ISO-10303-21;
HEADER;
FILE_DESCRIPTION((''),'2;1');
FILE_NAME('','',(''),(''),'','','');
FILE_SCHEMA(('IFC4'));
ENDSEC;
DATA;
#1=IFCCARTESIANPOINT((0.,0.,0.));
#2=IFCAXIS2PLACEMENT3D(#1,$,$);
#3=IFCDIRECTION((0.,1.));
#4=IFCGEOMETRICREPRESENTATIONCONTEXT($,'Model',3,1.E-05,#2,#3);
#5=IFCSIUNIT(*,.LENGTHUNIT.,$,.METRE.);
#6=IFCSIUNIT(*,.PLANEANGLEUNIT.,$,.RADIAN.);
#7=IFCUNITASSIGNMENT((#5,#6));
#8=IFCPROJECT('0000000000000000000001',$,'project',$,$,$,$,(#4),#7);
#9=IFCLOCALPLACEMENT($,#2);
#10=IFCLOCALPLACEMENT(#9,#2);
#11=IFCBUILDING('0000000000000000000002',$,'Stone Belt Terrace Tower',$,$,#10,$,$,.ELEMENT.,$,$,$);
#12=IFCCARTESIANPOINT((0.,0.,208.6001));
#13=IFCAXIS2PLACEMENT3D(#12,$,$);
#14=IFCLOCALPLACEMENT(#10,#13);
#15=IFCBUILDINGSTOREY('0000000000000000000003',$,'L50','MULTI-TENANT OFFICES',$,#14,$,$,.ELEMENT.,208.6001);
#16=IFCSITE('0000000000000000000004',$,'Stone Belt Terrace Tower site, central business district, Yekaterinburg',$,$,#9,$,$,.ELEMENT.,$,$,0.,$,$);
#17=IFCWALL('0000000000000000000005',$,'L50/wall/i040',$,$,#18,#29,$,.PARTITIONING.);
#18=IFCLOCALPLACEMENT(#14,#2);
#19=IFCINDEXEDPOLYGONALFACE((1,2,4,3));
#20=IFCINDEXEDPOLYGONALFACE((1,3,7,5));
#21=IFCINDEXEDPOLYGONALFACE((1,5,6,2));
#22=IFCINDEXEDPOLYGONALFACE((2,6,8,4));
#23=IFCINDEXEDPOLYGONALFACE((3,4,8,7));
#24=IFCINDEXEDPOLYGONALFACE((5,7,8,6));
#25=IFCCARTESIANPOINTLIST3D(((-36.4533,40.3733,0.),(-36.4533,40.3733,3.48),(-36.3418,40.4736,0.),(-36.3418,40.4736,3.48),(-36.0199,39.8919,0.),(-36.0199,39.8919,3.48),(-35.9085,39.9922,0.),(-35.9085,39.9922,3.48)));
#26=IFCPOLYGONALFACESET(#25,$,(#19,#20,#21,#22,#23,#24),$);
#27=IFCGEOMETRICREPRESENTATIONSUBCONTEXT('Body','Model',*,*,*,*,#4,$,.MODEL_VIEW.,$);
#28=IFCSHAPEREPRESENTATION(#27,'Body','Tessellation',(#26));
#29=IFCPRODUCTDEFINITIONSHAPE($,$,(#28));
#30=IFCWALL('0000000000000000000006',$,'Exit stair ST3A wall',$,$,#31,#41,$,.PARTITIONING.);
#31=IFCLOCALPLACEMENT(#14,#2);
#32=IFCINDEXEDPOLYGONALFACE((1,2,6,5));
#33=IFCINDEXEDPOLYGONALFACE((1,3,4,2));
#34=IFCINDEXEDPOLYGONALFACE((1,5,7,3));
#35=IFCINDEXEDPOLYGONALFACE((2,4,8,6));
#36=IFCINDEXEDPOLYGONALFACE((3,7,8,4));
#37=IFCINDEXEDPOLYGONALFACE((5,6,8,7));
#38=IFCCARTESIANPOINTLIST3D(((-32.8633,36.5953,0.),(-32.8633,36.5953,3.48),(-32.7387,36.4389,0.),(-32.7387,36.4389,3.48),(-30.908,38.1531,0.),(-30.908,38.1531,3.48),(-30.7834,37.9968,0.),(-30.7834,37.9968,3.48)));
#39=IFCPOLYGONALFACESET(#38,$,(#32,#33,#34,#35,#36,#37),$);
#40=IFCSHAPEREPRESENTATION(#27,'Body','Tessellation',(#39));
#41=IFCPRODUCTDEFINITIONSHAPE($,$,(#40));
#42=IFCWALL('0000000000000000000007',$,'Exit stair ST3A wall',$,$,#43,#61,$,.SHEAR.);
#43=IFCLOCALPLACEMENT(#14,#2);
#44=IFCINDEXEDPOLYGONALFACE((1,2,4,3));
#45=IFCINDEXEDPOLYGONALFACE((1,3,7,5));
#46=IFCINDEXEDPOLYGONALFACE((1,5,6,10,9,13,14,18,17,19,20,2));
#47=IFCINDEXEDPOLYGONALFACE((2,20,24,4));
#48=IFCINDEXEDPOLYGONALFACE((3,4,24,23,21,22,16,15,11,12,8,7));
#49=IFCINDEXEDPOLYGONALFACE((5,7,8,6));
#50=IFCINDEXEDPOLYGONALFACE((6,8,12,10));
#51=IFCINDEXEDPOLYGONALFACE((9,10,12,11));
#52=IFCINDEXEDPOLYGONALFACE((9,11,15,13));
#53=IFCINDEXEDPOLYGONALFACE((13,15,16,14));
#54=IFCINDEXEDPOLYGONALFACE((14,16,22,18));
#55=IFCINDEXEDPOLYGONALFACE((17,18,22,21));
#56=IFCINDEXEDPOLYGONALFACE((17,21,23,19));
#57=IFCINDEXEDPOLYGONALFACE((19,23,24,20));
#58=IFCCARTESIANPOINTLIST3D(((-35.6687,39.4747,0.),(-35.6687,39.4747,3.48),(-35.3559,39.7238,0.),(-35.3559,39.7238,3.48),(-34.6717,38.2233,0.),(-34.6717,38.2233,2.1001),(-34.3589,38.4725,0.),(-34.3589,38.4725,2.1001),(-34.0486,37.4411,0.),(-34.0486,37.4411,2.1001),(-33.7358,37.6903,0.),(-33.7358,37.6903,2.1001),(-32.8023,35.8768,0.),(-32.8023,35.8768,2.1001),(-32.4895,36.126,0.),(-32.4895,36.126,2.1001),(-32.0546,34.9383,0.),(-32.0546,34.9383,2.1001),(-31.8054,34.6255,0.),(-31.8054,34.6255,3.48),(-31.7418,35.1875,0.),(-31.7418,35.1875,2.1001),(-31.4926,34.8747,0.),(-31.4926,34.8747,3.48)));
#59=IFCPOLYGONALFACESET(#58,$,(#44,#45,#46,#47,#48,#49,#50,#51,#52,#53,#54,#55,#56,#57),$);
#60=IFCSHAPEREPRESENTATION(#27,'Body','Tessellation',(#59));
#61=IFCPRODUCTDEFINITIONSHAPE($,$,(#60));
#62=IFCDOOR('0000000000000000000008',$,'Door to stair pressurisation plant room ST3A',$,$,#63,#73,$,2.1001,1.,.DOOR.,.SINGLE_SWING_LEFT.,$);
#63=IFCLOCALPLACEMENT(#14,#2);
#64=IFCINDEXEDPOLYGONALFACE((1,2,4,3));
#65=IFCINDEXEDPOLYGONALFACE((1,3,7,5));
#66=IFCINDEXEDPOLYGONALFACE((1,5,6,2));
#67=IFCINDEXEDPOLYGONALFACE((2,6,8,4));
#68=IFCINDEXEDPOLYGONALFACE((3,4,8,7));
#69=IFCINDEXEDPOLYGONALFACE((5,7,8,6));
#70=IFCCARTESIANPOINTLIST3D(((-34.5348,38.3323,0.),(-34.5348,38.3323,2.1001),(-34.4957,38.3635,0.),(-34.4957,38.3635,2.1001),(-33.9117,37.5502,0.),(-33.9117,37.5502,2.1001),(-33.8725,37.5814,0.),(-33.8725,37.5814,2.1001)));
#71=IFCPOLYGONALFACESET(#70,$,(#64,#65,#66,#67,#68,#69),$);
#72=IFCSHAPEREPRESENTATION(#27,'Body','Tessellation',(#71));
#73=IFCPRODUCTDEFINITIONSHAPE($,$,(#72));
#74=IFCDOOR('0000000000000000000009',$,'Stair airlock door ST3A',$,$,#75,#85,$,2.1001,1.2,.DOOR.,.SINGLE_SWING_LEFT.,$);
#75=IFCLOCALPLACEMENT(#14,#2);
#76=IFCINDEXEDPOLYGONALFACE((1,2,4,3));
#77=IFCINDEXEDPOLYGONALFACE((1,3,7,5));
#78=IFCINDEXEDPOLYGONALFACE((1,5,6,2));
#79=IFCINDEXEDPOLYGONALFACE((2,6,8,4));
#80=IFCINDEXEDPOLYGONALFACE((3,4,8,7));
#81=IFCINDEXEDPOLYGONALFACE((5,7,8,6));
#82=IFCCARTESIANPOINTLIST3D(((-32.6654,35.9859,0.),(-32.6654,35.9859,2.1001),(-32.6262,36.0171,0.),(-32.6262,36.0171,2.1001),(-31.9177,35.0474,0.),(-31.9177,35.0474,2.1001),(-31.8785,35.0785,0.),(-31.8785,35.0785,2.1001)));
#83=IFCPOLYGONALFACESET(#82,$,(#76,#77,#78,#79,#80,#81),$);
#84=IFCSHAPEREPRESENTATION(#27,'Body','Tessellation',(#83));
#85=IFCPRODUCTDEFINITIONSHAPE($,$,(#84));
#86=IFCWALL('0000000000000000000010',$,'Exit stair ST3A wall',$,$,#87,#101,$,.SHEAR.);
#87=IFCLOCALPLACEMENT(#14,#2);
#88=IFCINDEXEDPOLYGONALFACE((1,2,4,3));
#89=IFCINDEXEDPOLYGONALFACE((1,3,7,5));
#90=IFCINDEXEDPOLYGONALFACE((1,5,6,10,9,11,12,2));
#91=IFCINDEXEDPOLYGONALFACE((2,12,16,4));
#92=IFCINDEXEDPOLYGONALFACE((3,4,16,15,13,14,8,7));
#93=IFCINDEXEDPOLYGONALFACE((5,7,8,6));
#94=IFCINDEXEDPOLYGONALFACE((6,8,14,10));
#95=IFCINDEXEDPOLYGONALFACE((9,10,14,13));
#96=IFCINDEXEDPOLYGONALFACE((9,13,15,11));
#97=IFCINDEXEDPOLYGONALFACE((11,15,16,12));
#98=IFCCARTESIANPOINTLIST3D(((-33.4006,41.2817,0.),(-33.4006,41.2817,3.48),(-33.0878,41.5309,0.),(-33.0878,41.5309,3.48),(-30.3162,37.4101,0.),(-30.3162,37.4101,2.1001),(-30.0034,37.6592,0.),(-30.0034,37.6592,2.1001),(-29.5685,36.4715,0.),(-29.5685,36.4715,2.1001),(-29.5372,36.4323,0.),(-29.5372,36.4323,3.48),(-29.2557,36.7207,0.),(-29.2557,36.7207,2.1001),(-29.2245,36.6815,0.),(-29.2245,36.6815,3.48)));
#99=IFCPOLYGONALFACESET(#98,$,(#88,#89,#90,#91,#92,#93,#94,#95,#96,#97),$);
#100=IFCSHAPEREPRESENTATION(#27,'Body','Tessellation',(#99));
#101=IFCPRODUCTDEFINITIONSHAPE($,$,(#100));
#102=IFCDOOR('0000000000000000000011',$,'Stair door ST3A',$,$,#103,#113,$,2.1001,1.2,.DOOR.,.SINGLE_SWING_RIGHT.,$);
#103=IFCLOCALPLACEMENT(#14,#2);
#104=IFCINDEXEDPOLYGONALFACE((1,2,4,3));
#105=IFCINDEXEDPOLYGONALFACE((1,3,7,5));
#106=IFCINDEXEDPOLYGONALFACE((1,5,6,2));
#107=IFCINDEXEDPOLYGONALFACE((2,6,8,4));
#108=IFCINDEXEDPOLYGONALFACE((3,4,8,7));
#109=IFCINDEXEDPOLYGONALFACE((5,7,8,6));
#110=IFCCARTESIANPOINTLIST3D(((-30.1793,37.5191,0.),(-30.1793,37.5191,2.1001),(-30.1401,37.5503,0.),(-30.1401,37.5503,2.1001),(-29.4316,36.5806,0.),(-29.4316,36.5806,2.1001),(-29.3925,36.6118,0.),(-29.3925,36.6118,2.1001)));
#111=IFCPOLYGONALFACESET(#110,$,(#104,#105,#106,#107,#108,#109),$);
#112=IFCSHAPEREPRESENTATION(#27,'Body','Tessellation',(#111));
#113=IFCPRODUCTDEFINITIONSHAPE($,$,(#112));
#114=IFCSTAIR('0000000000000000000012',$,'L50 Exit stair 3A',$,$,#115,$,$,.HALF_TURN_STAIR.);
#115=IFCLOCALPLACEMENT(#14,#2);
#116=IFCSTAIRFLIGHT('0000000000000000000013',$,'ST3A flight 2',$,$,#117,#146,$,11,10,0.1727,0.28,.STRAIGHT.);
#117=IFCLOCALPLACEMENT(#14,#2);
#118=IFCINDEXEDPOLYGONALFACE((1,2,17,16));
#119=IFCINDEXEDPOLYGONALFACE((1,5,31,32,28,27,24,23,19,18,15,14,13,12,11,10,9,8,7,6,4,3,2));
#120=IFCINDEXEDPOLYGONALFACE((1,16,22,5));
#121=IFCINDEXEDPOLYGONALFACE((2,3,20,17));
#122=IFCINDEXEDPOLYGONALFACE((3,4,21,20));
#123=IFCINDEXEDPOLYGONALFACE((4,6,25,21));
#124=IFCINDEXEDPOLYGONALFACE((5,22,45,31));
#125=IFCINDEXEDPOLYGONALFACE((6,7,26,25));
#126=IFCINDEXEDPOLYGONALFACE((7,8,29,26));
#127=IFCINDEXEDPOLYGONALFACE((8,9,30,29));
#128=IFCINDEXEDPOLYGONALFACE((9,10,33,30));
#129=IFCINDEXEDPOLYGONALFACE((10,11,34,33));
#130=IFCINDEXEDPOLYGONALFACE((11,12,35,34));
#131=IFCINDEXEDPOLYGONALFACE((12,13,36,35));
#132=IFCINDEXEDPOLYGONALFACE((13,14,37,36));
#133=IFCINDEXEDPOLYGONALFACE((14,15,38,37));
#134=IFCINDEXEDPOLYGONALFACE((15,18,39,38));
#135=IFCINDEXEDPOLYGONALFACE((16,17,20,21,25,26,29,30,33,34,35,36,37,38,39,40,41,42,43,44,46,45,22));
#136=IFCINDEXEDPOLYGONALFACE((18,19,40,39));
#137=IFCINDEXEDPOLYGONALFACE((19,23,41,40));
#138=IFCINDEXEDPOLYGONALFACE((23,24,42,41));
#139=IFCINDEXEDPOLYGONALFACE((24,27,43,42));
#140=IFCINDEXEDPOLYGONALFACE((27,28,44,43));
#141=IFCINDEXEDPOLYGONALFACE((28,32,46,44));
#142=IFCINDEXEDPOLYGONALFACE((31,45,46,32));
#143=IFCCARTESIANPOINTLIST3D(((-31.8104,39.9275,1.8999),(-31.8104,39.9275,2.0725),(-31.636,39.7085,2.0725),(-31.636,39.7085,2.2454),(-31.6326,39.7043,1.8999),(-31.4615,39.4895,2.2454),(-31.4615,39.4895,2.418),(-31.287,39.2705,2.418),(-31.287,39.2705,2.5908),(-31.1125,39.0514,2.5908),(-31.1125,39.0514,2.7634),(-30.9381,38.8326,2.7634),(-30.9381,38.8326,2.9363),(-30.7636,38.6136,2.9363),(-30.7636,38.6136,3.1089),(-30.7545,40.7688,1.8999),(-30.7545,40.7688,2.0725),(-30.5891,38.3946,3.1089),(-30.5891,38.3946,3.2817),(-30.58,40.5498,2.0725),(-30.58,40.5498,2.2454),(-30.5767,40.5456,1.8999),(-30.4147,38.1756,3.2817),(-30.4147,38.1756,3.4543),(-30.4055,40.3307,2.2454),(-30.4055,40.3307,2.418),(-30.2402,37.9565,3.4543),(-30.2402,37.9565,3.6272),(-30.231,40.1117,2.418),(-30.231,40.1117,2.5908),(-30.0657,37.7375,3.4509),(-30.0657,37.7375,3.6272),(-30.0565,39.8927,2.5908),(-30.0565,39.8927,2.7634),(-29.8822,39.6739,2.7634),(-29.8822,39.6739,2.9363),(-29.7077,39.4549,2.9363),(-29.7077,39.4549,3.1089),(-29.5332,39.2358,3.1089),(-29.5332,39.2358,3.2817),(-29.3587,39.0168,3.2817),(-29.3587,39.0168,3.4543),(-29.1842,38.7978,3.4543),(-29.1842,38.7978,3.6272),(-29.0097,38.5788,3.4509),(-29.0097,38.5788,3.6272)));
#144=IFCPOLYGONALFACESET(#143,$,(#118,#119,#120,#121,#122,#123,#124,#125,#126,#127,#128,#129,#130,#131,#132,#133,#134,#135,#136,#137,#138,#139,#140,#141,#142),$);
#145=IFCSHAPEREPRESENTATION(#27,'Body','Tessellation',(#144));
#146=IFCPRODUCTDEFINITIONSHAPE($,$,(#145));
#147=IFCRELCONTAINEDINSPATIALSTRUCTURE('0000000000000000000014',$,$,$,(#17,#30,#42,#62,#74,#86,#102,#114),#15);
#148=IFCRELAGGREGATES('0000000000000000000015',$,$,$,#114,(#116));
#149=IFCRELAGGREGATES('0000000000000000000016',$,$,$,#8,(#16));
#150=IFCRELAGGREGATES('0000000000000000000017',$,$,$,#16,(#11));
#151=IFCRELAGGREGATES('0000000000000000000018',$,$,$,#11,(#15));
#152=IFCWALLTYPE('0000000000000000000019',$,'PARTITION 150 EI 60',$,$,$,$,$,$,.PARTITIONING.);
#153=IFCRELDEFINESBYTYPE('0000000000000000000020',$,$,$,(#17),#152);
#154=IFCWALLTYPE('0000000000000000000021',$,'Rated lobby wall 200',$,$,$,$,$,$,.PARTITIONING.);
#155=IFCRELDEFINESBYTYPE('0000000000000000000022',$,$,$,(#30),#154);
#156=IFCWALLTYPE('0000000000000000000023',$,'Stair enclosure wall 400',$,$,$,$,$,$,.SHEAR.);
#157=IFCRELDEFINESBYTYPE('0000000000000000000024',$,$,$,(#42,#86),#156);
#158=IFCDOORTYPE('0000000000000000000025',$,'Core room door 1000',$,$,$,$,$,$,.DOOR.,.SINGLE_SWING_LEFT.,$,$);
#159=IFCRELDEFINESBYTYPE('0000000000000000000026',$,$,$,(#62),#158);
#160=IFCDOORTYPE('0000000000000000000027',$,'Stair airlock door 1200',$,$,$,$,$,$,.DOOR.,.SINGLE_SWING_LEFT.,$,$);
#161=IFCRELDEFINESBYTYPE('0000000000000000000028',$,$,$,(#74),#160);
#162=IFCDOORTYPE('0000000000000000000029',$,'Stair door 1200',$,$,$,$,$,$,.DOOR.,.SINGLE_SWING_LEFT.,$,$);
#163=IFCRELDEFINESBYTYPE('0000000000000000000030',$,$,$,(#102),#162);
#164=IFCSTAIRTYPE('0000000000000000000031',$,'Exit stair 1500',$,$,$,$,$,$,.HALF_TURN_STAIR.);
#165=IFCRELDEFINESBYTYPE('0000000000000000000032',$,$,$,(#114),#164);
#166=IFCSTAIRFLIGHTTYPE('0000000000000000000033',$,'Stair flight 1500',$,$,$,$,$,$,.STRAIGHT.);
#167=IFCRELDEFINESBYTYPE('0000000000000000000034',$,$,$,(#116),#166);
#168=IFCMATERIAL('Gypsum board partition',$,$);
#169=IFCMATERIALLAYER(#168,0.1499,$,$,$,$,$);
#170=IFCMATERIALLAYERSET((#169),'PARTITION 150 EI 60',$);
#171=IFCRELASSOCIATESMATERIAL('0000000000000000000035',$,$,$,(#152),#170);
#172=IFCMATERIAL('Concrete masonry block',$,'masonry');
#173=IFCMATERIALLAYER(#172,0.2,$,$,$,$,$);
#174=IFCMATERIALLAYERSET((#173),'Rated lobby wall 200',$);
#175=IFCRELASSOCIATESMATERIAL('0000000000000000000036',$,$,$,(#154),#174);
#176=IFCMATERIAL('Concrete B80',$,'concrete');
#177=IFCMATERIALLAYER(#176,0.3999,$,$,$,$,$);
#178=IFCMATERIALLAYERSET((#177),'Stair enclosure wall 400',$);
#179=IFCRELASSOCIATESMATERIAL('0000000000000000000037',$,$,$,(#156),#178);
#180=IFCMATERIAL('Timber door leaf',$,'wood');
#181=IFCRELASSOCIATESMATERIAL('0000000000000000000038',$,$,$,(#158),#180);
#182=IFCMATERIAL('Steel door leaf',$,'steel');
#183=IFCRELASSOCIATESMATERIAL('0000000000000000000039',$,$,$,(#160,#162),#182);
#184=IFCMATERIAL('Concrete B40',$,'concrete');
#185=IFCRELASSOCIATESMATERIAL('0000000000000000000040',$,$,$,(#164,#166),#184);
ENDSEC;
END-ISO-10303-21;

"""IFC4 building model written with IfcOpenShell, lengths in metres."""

from ifc_helpers import new_model, si_unit, direction, frame, frame_2d, origin, place, context, subcontext, project, spatial, polyline, rectangle, outline, extrude, material, layer, layer_set, type_object, element, fill, aggregate, save


model = new_model("IFC4")

# Units and contexts
model_context = context("Model", 3, precision=1e-05, world=origin(), true_north=direction((0.0, 1.0)))
body_context = subcontext(model_context, "Body", "Model", "MODEL_VIEW")
ifc_project = project(units=[si_unit("LENGTHUNIT", "METRE"), si_unit("PLANEANGLEUNIT", "RADIAN")], contexts=[model_context])

# Site, building, storey
site_placement = place(None, origin())
site = spatial("IfcSite", under=ifc_project, at=site_placement, Name="Stone Belt Terrace Tower site, central business district, Yekaterinburg", CompositionType="ELEMENT", RefElevation=0.0)
building_placement = place(site_placement, origin())
building = spatial("IfcBuilding", under=site, at=building_placement, Name="Stone Belt Terrace Tower", CompositionType="ELEMENT")
storey_placement = place(building_placement, frame((0.0, 0.0, 208.6001)))
storey = spatial("IfcBuildingStorey", under=building, at=storey_placement, Name="L50", Description="MULTI-TENANT OFFICES", CompositionType="ELEMENT", Elevation=208.6001)

# Walls
ifc_material_1 = material(Name="Gypsum board partition")
ifc_layer_1 = layer(ifc_material_1, 0.1499)
ifc_layer_set_1 = layer_set([ifc_layer_1], Name="PARTITION 150 EI 60")
wall_type_1 = type_object("IfcWallType", Name="PARTITION 150 EI 60", PredefinedType="PARTITIONING", material=ifc_layer_set_1)
wall_1_placement = place(storey_placement, frame((-36.3975, 40.4233, 0.0), z_axis=(0.0, 0.0, 1.0), x_axis=(0.669006, -0.743257, 0.0)))
element("IfcWall", 1, at=wall_1_placement, inside=storey, type_object=wall_type_1, Name="L50/wall/i040", PredefinedType="PARTITIONING", context=body_context, shape_type="SweptSolid", body=[
    extrude(rectangle(XDim=0.6477, YDim=0.1499, at=frame_2d((0.3237, 0.0))), origin(), (0.0, 0.0, 1.0), 3.48),
])
ifc_material_2 = material(Name="Concrete masonry block", Category="masonry")
ifc_layer_2 = layer(ifc_material_2, 0.2)
ifc_layer_set_2 = layer_set([ifc_layer_2], Name="Rated lobby wall 200")
wall_type_2 = type_object("IfcWallType", Name="Rated lobby wall 200", PredefinedType="PARTITIONING", material=ifc_layer_set_2)
wall_2_placement = place(storey_placement, frame((-30.8457, 38.075, 0.0), z_axis=(0.0, 0.0, 1.0), x_axis=(-0.782115, -0.623134, 0.0)))
element("IfcWall", 2, at=wall_2_placement, inside=storey, type_object=wall_type_2, Name="Exit stair ST3A wall", PredefinedType="PARTITIONING", context=body_context, shape_type="SweptSolid", body=[
    extrude(rectangle(XDim=2.5, YDim=0.2, at=frame_2d((1.25, 0.0))), origin(), (0.0, 0.0, 1.0), 3.48),
])

# Wall, openings, doors
ifc_material_3 = material(Name="Concrete B80", Category="concrete")
ifc_layer_3 = layer(ifc_material_3, 0.3999)
ifc_layer_set_3 = layer_set([ifc_layer_3], Name="Stair enclosure wall 400")
wall_type_3 = type_object("IfcWallType", Name="Stair enclosure wall 400", PredefinedType="SHEAR", material=ifc_layer_set_3)
wall_3_placement = place(storey_placement, frame((-31.6489, 34.75, 0.0), z_axis=(0.0, 0.0, 1.0), x_axis=(-0.623119, 0.782127, 0.0)))
wall_3 = element("IfcWall", 3, at=wall_3_placement, inside=storey, type_object=wall_type_3, Name="Exit stair ST3A wall", PredefinedType="SHEAR", context=body_context, shape_type="SweptSolid", body=[
    extrude(rectangle(XDim=6.2, YDim=0.3999, at=frame_2d((3.1001, 0.0))), origin(), (0.0, 0.0, 1.0), 3.48),
])
opening_1_placement = place(wall_3_placement, frame((0.3999, 0.0, 0.0)))
opening_1 = element("IfcOpeningElement", 4, at=opening_1_placement, cuts=wall_3, PredefinedType="OPENING", context=body_context, shape_type="SweptSolid", body=[
    extrude(rectangle(XDim=1.2, YDim=2.1001, at=frame_2d((0.6001, 1.05))), frame((0.0, 0.21, 0.0), z_axis=(0.0, -1.0, 0.0), x_axis=(1.0, 0.0, 0.0)), (0.0, 0.0, 1.0), 0.4199),
])
opening_2_placement = place(wall_3_placement, frame((3.6001, 0.0, 0.0)))
opening_2 = element("IfcOpeningElement", 5, at=opening_2_placement, cuts=wall_3, PredefinedType="OPENING", context=body_context, shape_type="SweptSolid", body=[
    extrude(rectangle(XDim=1.0, YDim=2.1001, at=frame_2d((0.5, 1.05))), frame((0.0, 0.21, 0.0), z_axis=(0.0, -1.0, 0.0), x_axis=(1.0, 0.0, 0.0)), (0.0, 0.0, 1.0), 0.4199),
])
ifc_material_4 = material(Name="Timber door leaf", Category="wood")
door_type_1 = type_object("IfcDoorType", Name="Core room door 1000", OperationType="SINGLE_SWING_LEFT", PredefinedType="DOOR", material=ifc_material_4)
door_1_placement = place(opening_2_placement, origin())
door_1 = element("IfcDoor", 6, at=door_1_placement, inside=storey, type_object=door_type_1, Name="Door to stair pressurisation plant room ST3A", OperationType="SINGLE_SWING_LEFT", OverallHeight=2.1001, OverallWidth=1.0, PredefinedType="DOOR", context=body_context, shape_type="SweptSolid", body=[
    extrude(rectangle(XDim=1.0, YDim=2.1001, at=frame_2d((0.5, 1.05))), frame((0.0, 0.0249, 0.0), z_axis=(0.0, -1.0, 0.0), x_axis=(1.0, 0.0, 0.0)), (0.0, 0.0, 1.0), 0.05),
])
fill(opening_2, door_1)
ifc_material_5 = material(Name="Steel door leaf", Category="steel")
door_type_2 = type_object("IfcDoorType", Name="Stair airlock door 1200", OperationType="SINGLE_SWING_LEFT", PredefinedType="DOOR", material=ifc_material_5)
door_2_placement = place(opening_1_placement, origin())
door_2 = element("IfcDoor", 7, at=door_2_placement, inside=storey, type_object=door_type_2, Name="Stair airlock door ST3A", OperationType="SINGLE_SWING_LEFT", OverallHeight=2.1001, OverallWidth=1.2, PredefinedType="DOOR", context=body_context, shape_type="SweptSolid", body=[
    extrude(rectangle(XDim=1.2, YDim=2.1001, at=frame_2d((0.6001, 1.05))), frame((0.0, 0.0249, 0.0), z_axis=(0.0, -1.0, 0.0), x_axis=(1.0, 0.0, 0.0)), (0.0, 0.0, 1.0), 0.05),
])
fill(opening_1, door_2)

# Wall, opening, door
wall_4_placement = place(storey_placement, frame((-29.3809, 36.5569, 0.0), z_axis=(0.0, 0.0, 1.0), x_axis=(-0.623099, 0.782143, 0.0)))
wall_4 = element("IfcWall", 8, at=wall_4_placement, inside=storey, type_object=wall_type_3, Name="Exit stair ST3A wall", PredefinedType="SHEAR", context=body_context, shape_type="SweptSolid", body=[
    extrude(rectangle(XDim=6.2002, YDim=0.3999, at=frame_2d((3.1001, 0.0))), origin(), (0.0, 0.0, 1.0), 3.48),
])
opening_3_placement = place(wall_4_placement, frame((0.05, 0.0, 0.0)))
opening_3 = element("IfcOpeningElement", 9, at=opening_3_placement, cuts=wall_4, PredefinedType="OPENING", context=body_context, shape_type="SweptSolid", body=[
    extrude(rectangle(XDim=1.2, YDim=2.1001, at=frame_2d((0.6001, 1.05))), frame((0.0, 0.21, 0.0), z_axis=(0.0, -1.0, 0.0), x_axis=(1.0, 0.0, 0.0)), (0.0, 0.0, 1.0), 0.4199),
])
door_type_3 = type_object("IfcDoorType", Name="Stair door 1200", OperationType="SINGLE_SWING_LEFT", PredefinedType="DOOR", material=ifc_material_5)
door_3_placement = place(opening_3_placement, origin())
door_3 = element("IfcDoor", 10, at=door_3_placement, inside=storey, type_object=door_type_3, Name="Stair door ST3A", OperationType="SINGLE_SWING_RIGHT", OverallHeight=2.1001, OverallWidth=1.2, PredefinedType="DOOR", context=body_context, shape_type="SweptSolid", body=[
    extrude(rectangle(XDim=1.2, YDim=2.1001, at=frame_2d((0.6001, 1.05))), frame((0.0, 0.0249, 0.0), z_axis=(0.0, -1.0, 0.0), x_axis=(1.0, 0.0, 0.0)), (0.0, 0.0, 1.0), 0.05),
])
fill(opening_3, door_3)

# Stair, stair flight
ifc_material_6 = material(Name="Concrete B40", Category="concrete")
stair_type = type_object("IfcStairType", Name="Exit stair 1500", PredefinedType="HALF_TURN_STAIR", material=ifc_material_6)
stair_placement = place(storey_placement, origin())
stair = element("IfcStair", 11, at=stair_placement, inside=storey, type_object=stair_type, Name="L50 Exit stair 3A", PredefinedType="HALF_TURN_STAIR")
stair_flight_type = type_object("IfcStairFlightType", Name="Stair flight 1500", PredefinedType="STRAIGHT", material=ifc_material_6)
stair_flight_placement = place(storey_placement, frame((-31.2825, 40.3481, 1.8999), z_axis=(0.0, 0.0, 1.0), x_axis=(0.623121, -0.782125, 0.0)))
stair_flight = element("IfcStairFlight", 12, at=stair_flight_placement, type_object=stair_flight_type, Name="ST3A flight 2", NumberOfRisers=11, NumberOfTreads=10, PredefinedType="STRAIGHT", RiserHeight=0.1727, TreadLength=0.28, context=body_context, shape_type="SweptSolid", body=[
    extrude(outline(polyline([(0.0, 0.0), (0.0, 0.1726), (0.28, 0.1726), (0.28, 0.3455), (0.5601, 0.3455), (0.5601, 0.5181), (0.8401, 0.5181), (0.8401, 0.6909), (1.1201, 0.6909), (1.1201, 0.8635), (1.3999, 0.8635), (1.3999, 1.0364), (1.6799, 1.0364), (1.6799, 1.209), (1.96, 1.209), (1.96, 1.3818), (2.24, 1.3818), (2.24, 1.5544), (2.52, 1.5544), (2.52, 1.7273), (2.8, 1.7273), (2.8, 1.8999), (2.8, 1.551), (0.2854, 0.0), (0.0, 0.0)])), frame((0.0, 0.675, 0.0), z_axis=(0.0, -1.0, 0.0), x_axis=(1.0, 0.0, 0.0)), (0.0, 0.0, 1.0), 1.3501),
])
aggregate(stair, [stair_flight])

save(model, "model.ifc")
